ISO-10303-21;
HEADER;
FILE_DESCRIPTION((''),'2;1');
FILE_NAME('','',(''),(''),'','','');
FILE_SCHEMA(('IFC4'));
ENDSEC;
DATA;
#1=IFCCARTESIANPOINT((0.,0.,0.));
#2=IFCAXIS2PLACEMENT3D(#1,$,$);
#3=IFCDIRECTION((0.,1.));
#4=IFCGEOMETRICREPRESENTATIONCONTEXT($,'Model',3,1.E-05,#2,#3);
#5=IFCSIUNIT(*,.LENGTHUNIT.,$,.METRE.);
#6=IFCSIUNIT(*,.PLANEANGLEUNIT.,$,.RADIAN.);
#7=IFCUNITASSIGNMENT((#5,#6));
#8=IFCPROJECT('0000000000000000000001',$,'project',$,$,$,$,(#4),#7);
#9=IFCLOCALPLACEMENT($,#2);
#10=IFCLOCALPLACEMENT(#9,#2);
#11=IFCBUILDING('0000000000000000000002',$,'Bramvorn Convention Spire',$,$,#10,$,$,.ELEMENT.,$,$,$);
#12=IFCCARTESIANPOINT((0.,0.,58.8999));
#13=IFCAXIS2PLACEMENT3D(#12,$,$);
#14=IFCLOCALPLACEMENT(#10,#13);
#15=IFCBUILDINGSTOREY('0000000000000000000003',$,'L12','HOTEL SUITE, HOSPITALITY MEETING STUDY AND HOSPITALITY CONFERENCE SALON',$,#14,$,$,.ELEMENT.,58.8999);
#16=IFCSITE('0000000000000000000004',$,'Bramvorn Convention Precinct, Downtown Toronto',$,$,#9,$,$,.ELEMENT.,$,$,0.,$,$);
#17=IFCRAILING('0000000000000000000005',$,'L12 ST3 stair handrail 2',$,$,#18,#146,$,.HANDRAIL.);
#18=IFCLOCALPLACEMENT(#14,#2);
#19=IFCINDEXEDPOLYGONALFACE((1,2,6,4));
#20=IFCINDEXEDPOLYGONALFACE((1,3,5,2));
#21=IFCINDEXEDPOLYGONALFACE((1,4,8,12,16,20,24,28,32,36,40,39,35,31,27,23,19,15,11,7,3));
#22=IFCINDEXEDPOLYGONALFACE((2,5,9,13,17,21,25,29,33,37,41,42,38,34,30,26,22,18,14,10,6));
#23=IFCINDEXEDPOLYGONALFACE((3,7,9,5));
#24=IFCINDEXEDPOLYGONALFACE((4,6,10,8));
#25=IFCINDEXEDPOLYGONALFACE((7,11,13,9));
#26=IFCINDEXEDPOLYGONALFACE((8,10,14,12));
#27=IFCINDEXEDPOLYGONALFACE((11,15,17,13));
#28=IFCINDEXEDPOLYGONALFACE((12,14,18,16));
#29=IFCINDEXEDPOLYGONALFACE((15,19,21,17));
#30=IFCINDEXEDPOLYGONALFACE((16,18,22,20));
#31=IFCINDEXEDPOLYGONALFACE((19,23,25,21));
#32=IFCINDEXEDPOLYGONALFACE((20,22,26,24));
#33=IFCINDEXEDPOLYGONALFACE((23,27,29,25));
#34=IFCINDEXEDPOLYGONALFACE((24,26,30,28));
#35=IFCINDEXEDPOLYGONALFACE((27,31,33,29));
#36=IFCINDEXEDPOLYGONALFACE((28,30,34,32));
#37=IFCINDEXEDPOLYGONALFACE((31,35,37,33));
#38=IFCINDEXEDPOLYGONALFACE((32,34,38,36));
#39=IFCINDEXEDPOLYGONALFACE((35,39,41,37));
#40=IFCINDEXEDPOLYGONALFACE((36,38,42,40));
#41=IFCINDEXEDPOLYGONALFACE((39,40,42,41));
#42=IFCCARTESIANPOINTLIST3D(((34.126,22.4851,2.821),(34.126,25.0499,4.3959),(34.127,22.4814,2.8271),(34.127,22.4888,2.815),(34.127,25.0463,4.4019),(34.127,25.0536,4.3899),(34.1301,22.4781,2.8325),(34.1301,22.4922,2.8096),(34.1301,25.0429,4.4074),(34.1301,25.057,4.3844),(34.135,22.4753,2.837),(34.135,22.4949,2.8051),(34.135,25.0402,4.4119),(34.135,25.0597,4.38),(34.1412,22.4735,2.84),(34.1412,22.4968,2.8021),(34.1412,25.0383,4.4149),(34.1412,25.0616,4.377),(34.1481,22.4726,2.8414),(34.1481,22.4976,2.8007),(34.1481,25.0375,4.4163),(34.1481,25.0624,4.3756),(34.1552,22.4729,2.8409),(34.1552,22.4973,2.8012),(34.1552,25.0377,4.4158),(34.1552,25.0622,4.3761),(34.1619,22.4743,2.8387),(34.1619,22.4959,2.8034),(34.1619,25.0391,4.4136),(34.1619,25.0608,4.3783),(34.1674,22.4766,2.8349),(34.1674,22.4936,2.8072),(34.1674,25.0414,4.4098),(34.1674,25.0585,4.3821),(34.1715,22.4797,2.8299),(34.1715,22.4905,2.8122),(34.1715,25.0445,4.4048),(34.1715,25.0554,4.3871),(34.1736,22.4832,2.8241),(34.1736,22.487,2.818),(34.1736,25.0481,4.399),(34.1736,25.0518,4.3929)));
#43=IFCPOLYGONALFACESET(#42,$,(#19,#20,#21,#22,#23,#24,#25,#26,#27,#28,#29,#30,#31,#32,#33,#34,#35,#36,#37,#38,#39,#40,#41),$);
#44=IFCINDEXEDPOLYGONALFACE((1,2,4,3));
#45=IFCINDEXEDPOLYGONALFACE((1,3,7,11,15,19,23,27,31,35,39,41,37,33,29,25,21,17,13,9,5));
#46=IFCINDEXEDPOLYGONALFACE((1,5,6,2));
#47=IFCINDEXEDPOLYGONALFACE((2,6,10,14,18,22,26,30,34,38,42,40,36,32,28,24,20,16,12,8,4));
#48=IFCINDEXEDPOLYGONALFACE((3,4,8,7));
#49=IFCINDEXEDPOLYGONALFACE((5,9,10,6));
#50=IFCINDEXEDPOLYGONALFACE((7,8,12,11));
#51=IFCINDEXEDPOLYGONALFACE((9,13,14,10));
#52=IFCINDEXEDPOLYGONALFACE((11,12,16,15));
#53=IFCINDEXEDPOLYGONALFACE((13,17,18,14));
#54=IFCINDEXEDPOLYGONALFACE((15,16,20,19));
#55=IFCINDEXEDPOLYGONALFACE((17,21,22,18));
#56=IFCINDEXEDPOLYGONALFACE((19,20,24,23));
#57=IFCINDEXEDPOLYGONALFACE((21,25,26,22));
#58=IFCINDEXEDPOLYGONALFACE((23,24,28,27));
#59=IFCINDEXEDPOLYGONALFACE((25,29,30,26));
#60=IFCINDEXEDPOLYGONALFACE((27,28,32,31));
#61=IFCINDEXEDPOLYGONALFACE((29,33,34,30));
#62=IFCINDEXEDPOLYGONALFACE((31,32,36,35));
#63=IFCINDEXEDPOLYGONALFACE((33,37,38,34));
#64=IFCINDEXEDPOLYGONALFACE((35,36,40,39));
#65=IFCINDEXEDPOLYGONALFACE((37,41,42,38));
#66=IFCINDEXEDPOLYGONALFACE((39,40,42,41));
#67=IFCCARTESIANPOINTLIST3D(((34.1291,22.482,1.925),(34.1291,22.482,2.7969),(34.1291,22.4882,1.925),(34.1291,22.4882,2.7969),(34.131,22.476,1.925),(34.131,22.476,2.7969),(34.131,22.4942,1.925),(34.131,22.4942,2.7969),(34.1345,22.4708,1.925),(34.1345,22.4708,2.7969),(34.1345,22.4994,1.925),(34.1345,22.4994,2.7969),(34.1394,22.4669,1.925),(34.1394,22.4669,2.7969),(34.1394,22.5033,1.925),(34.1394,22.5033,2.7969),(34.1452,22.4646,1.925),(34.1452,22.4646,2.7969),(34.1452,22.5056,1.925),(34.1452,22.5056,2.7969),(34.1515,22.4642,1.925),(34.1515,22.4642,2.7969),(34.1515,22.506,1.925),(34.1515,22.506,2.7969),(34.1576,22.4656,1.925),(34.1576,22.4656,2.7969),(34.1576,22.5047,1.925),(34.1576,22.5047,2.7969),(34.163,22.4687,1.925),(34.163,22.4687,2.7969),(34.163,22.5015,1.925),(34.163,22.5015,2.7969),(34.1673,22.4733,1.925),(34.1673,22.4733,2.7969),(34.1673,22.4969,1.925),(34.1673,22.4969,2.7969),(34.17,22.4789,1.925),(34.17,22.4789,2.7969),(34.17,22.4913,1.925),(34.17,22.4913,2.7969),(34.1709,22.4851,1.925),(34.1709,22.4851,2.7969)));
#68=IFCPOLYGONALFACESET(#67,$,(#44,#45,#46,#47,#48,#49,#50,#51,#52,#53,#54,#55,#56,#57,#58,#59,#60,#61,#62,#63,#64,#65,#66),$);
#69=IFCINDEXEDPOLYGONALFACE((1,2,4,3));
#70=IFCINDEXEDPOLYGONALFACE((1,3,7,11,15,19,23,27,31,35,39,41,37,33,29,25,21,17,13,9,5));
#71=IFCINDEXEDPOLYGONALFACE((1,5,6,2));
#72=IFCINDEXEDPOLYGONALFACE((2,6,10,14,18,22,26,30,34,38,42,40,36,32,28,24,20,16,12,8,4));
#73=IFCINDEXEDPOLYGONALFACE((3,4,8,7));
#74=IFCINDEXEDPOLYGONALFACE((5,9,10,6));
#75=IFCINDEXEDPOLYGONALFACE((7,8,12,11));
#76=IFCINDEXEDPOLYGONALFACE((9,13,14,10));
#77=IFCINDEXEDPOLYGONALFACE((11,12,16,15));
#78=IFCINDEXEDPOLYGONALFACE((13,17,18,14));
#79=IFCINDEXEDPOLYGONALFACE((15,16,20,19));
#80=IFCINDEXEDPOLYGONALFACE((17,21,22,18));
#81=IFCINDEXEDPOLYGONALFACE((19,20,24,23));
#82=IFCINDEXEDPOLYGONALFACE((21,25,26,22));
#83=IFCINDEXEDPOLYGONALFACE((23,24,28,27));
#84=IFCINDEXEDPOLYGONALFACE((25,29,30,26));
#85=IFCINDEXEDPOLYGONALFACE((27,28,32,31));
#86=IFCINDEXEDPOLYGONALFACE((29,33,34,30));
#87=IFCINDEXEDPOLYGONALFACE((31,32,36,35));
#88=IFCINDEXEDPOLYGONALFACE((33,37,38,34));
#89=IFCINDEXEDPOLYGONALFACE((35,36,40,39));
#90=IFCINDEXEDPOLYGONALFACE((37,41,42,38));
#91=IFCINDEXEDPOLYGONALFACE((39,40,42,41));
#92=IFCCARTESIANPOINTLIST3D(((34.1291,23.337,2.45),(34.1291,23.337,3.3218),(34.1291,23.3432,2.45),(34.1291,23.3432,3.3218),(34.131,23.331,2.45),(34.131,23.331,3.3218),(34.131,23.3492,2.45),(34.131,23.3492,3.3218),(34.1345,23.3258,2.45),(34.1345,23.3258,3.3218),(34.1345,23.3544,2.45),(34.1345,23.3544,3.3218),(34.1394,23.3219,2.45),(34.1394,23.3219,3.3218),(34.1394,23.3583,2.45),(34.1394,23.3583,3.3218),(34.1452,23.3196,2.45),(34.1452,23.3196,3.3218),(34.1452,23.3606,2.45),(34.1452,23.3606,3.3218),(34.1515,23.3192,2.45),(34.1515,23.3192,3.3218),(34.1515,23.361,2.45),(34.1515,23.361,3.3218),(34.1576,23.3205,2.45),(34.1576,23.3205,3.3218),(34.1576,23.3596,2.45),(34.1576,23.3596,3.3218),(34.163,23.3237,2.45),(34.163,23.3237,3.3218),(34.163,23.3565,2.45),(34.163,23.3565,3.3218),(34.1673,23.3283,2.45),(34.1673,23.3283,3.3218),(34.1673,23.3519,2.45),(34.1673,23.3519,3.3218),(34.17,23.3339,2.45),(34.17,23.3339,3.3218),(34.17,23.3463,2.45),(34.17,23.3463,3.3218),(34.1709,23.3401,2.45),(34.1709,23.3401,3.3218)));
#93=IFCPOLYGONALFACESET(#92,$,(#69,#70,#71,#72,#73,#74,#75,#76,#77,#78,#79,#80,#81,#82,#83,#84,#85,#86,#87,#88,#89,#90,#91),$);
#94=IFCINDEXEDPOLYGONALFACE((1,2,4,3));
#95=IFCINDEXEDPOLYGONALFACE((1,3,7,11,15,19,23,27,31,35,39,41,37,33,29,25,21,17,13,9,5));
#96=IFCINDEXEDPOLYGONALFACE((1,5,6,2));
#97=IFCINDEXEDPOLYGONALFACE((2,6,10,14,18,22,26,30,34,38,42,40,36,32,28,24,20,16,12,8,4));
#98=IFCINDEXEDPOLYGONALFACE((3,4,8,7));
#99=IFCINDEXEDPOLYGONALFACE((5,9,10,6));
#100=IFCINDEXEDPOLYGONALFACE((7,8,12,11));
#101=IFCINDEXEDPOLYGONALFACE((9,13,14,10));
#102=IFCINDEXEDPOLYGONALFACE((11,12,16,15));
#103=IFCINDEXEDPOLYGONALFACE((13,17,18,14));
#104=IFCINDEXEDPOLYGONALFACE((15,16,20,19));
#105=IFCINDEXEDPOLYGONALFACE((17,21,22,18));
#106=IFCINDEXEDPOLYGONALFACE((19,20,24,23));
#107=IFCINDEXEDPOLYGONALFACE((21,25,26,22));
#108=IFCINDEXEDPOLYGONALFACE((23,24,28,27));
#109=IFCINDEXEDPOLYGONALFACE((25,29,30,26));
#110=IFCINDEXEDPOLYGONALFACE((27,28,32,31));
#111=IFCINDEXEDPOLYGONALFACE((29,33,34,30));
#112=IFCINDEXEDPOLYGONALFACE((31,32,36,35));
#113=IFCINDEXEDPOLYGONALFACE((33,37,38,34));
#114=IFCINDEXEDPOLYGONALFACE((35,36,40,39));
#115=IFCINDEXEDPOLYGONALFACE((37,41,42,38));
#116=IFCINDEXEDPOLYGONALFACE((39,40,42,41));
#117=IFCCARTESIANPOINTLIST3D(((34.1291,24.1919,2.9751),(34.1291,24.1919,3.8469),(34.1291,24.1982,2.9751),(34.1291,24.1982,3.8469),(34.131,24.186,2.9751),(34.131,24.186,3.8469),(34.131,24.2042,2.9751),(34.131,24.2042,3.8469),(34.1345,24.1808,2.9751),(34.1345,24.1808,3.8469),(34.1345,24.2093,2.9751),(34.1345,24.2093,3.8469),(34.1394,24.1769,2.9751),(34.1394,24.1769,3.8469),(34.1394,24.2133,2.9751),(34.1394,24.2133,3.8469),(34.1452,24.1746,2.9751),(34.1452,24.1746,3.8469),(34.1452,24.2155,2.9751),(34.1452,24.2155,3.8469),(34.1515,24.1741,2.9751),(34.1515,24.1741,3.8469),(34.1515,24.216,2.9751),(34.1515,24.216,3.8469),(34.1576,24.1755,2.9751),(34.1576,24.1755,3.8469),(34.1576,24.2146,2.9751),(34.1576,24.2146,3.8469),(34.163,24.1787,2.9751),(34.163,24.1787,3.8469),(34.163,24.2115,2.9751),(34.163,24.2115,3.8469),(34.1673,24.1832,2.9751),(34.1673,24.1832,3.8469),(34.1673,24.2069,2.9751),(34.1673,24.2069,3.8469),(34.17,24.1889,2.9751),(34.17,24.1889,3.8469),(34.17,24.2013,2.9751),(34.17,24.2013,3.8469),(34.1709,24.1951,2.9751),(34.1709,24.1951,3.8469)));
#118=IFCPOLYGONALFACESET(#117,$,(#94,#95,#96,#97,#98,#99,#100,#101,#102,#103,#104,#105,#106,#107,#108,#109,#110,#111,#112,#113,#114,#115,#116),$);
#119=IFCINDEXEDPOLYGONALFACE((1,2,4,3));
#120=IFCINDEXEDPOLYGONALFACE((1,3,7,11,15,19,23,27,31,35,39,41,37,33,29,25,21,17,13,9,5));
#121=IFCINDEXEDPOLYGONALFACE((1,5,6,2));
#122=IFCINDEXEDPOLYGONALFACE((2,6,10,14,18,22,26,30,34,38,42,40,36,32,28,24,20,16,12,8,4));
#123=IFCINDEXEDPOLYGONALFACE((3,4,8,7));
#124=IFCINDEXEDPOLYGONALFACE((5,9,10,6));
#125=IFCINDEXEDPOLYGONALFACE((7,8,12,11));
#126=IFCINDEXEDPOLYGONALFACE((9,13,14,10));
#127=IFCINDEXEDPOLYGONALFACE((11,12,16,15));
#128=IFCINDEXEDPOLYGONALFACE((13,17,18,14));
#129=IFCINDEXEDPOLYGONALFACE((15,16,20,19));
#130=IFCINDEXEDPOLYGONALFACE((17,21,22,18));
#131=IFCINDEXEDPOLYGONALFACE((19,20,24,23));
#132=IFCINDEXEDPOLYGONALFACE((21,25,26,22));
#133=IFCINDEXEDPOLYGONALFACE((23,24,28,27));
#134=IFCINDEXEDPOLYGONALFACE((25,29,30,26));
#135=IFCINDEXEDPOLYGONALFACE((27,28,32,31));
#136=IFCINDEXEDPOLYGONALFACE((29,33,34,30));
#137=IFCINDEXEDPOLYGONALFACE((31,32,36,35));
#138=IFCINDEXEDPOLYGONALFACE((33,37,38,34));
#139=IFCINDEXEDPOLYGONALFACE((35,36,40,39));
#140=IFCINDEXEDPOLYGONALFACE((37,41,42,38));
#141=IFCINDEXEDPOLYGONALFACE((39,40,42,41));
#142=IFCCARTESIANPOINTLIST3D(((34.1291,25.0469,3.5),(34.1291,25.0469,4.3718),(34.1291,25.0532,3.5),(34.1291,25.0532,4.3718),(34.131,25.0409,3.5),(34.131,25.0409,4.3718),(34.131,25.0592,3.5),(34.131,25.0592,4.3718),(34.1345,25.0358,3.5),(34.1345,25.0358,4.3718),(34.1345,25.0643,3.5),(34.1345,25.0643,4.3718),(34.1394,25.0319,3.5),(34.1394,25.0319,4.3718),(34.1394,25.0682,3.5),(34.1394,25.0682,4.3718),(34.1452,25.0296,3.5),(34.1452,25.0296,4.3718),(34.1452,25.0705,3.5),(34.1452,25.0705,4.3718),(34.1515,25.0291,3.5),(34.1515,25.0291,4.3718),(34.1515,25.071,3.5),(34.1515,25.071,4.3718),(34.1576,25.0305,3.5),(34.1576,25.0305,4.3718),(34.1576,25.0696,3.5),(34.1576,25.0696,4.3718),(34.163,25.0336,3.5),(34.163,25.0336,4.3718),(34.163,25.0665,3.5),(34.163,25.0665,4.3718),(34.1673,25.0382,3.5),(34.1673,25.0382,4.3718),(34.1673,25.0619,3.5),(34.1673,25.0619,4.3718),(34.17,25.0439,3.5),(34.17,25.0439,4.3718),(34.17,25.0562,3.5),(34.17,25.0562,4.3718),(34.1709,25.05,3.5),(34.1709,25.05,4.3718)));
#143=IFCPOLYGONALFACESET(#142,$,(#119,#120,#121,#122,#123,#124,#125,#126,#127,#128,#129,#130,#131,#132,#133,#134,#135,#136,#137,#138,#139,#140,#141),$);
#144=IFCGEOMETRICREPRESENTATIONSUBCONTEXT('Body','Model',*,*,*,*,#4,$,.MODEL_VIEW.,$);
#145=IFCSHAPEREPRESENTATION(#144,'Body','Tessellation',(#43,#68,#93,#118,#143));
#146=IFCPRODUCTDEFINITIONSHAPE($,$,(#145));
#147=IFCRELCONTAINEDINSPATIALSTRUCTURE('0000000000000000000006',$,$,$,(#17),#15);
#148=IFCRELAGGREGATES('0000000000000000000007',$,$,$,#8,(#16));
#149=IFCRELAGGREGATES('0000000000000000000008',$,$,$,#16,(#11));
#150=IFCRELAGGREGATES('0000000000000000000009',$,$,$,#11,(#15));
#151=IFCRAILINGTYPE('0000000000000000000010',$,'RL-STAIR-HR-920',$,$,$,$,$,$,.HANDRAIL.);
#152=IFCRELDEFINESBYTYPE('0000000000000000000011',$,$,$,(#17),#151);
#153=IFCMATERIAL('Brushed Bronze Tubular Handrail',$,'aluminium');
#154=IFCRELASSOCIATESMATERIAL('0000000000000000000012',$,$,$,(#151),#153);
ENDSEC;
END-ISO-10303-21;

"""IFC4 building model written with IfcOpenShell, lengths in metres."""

from ifc_helpers import new_model, si_unit, direction, frame, origin, origin_2d, place, context, subcontext, project, spatial, circle, extrude, material, type_object, element, save


model = new_model("IFC4")

# Units and contexts
model_context = context("Model", 3, precision=1e-05, world=origin(), true_north=direction((0.0, 1.0)))
body_context = subcontext(model_context, "Body", "Model", "MODEL_VIEW")
ifc_project = project(units=[si_unit("LENGTHUNIT", "METRE"), si_unit("PLANEANGLEUNIT", "RADIAN")], contexts=[model_context])

# Site, building, storey
site_placement = place(None, origin())
site = spatial("IfcSite", under=ifc_project, at=site_placement, Name="Bramvorn Convention Precinct, Downtown Toronto", CompositionType="ELEMENT", RefElevation=0.0)
building_placement = place(site_placement, origin())
building = spatial("IfcBuilding", under=site, at=building_placement, Name="Bramvorn Convention Spire", CompositionType="ELEMENT")
storey_placement = place(building_placement, frame((0.0, 0.0, 58.8999)))
storey = spatial("IfcBuildingStorey", under=building, at=storey_placement, Name="L12", Description="HOTEL SUITE, HOSPITALITY MEETING STUDY AND HOSPITALITY CONFERENCE SALON", CompositionType="ELEMENT", Elevation=58.8999)

# Railing
ifc_material_1 = material(Name="Brushed Bronze Tubular Handrail", Category="aluminium")
railing_type_1 = type_object("IfcRailingType", Name="RL-STAIR-HR-920", PredefinedType="HANDRAIL", material=ifc_material_1)
for number, where, name in (
    (1, (34.1499, 22.4851, 1.925), "L12 ST3 stair handrail 2"),
):
    element("IfcRailing", number, at=place(storey_placement, frame(where)), inside=storey, type_object=railing_type_1, Name=name, PredefinedType="HANDRAIL", context=body_context, shape_type="SweptSolid", body=[
        extrude(circle(Radius=0.0239, at=origin_2d()), frame((0.0, 0.0, 0.896), z_axis=(0.0, 0.852173, 0.52326), x_axis=(-1.0, 0.0, 0.0)), (0.0, 0.0, 1.0), 3.0098),
        extrude(circle(Radius=0.021, at=origin_2d()), origin(), (0.0, 0.0, 1.0), 0.8718),
        extrude(circle(Radius=0.021, at=origin_2d()), frame((0.0, 0.855, 0.5249)), (0.0, 0.0, 1.0), 0.8718),
        extrude(circle(Radius=0.021, at=origin_2d()), frame((0.0, 1.71, 1.05)), (0.0, 0.0, 1.0), 0.8718),
        extrude(circle(Radius=0.021, at=origin_2d()), frame((0.0, 2.5649, 1.575)), (0.0, 0.0, 1.0), 0.8718),
    ])

save(model, "model.ifc")
